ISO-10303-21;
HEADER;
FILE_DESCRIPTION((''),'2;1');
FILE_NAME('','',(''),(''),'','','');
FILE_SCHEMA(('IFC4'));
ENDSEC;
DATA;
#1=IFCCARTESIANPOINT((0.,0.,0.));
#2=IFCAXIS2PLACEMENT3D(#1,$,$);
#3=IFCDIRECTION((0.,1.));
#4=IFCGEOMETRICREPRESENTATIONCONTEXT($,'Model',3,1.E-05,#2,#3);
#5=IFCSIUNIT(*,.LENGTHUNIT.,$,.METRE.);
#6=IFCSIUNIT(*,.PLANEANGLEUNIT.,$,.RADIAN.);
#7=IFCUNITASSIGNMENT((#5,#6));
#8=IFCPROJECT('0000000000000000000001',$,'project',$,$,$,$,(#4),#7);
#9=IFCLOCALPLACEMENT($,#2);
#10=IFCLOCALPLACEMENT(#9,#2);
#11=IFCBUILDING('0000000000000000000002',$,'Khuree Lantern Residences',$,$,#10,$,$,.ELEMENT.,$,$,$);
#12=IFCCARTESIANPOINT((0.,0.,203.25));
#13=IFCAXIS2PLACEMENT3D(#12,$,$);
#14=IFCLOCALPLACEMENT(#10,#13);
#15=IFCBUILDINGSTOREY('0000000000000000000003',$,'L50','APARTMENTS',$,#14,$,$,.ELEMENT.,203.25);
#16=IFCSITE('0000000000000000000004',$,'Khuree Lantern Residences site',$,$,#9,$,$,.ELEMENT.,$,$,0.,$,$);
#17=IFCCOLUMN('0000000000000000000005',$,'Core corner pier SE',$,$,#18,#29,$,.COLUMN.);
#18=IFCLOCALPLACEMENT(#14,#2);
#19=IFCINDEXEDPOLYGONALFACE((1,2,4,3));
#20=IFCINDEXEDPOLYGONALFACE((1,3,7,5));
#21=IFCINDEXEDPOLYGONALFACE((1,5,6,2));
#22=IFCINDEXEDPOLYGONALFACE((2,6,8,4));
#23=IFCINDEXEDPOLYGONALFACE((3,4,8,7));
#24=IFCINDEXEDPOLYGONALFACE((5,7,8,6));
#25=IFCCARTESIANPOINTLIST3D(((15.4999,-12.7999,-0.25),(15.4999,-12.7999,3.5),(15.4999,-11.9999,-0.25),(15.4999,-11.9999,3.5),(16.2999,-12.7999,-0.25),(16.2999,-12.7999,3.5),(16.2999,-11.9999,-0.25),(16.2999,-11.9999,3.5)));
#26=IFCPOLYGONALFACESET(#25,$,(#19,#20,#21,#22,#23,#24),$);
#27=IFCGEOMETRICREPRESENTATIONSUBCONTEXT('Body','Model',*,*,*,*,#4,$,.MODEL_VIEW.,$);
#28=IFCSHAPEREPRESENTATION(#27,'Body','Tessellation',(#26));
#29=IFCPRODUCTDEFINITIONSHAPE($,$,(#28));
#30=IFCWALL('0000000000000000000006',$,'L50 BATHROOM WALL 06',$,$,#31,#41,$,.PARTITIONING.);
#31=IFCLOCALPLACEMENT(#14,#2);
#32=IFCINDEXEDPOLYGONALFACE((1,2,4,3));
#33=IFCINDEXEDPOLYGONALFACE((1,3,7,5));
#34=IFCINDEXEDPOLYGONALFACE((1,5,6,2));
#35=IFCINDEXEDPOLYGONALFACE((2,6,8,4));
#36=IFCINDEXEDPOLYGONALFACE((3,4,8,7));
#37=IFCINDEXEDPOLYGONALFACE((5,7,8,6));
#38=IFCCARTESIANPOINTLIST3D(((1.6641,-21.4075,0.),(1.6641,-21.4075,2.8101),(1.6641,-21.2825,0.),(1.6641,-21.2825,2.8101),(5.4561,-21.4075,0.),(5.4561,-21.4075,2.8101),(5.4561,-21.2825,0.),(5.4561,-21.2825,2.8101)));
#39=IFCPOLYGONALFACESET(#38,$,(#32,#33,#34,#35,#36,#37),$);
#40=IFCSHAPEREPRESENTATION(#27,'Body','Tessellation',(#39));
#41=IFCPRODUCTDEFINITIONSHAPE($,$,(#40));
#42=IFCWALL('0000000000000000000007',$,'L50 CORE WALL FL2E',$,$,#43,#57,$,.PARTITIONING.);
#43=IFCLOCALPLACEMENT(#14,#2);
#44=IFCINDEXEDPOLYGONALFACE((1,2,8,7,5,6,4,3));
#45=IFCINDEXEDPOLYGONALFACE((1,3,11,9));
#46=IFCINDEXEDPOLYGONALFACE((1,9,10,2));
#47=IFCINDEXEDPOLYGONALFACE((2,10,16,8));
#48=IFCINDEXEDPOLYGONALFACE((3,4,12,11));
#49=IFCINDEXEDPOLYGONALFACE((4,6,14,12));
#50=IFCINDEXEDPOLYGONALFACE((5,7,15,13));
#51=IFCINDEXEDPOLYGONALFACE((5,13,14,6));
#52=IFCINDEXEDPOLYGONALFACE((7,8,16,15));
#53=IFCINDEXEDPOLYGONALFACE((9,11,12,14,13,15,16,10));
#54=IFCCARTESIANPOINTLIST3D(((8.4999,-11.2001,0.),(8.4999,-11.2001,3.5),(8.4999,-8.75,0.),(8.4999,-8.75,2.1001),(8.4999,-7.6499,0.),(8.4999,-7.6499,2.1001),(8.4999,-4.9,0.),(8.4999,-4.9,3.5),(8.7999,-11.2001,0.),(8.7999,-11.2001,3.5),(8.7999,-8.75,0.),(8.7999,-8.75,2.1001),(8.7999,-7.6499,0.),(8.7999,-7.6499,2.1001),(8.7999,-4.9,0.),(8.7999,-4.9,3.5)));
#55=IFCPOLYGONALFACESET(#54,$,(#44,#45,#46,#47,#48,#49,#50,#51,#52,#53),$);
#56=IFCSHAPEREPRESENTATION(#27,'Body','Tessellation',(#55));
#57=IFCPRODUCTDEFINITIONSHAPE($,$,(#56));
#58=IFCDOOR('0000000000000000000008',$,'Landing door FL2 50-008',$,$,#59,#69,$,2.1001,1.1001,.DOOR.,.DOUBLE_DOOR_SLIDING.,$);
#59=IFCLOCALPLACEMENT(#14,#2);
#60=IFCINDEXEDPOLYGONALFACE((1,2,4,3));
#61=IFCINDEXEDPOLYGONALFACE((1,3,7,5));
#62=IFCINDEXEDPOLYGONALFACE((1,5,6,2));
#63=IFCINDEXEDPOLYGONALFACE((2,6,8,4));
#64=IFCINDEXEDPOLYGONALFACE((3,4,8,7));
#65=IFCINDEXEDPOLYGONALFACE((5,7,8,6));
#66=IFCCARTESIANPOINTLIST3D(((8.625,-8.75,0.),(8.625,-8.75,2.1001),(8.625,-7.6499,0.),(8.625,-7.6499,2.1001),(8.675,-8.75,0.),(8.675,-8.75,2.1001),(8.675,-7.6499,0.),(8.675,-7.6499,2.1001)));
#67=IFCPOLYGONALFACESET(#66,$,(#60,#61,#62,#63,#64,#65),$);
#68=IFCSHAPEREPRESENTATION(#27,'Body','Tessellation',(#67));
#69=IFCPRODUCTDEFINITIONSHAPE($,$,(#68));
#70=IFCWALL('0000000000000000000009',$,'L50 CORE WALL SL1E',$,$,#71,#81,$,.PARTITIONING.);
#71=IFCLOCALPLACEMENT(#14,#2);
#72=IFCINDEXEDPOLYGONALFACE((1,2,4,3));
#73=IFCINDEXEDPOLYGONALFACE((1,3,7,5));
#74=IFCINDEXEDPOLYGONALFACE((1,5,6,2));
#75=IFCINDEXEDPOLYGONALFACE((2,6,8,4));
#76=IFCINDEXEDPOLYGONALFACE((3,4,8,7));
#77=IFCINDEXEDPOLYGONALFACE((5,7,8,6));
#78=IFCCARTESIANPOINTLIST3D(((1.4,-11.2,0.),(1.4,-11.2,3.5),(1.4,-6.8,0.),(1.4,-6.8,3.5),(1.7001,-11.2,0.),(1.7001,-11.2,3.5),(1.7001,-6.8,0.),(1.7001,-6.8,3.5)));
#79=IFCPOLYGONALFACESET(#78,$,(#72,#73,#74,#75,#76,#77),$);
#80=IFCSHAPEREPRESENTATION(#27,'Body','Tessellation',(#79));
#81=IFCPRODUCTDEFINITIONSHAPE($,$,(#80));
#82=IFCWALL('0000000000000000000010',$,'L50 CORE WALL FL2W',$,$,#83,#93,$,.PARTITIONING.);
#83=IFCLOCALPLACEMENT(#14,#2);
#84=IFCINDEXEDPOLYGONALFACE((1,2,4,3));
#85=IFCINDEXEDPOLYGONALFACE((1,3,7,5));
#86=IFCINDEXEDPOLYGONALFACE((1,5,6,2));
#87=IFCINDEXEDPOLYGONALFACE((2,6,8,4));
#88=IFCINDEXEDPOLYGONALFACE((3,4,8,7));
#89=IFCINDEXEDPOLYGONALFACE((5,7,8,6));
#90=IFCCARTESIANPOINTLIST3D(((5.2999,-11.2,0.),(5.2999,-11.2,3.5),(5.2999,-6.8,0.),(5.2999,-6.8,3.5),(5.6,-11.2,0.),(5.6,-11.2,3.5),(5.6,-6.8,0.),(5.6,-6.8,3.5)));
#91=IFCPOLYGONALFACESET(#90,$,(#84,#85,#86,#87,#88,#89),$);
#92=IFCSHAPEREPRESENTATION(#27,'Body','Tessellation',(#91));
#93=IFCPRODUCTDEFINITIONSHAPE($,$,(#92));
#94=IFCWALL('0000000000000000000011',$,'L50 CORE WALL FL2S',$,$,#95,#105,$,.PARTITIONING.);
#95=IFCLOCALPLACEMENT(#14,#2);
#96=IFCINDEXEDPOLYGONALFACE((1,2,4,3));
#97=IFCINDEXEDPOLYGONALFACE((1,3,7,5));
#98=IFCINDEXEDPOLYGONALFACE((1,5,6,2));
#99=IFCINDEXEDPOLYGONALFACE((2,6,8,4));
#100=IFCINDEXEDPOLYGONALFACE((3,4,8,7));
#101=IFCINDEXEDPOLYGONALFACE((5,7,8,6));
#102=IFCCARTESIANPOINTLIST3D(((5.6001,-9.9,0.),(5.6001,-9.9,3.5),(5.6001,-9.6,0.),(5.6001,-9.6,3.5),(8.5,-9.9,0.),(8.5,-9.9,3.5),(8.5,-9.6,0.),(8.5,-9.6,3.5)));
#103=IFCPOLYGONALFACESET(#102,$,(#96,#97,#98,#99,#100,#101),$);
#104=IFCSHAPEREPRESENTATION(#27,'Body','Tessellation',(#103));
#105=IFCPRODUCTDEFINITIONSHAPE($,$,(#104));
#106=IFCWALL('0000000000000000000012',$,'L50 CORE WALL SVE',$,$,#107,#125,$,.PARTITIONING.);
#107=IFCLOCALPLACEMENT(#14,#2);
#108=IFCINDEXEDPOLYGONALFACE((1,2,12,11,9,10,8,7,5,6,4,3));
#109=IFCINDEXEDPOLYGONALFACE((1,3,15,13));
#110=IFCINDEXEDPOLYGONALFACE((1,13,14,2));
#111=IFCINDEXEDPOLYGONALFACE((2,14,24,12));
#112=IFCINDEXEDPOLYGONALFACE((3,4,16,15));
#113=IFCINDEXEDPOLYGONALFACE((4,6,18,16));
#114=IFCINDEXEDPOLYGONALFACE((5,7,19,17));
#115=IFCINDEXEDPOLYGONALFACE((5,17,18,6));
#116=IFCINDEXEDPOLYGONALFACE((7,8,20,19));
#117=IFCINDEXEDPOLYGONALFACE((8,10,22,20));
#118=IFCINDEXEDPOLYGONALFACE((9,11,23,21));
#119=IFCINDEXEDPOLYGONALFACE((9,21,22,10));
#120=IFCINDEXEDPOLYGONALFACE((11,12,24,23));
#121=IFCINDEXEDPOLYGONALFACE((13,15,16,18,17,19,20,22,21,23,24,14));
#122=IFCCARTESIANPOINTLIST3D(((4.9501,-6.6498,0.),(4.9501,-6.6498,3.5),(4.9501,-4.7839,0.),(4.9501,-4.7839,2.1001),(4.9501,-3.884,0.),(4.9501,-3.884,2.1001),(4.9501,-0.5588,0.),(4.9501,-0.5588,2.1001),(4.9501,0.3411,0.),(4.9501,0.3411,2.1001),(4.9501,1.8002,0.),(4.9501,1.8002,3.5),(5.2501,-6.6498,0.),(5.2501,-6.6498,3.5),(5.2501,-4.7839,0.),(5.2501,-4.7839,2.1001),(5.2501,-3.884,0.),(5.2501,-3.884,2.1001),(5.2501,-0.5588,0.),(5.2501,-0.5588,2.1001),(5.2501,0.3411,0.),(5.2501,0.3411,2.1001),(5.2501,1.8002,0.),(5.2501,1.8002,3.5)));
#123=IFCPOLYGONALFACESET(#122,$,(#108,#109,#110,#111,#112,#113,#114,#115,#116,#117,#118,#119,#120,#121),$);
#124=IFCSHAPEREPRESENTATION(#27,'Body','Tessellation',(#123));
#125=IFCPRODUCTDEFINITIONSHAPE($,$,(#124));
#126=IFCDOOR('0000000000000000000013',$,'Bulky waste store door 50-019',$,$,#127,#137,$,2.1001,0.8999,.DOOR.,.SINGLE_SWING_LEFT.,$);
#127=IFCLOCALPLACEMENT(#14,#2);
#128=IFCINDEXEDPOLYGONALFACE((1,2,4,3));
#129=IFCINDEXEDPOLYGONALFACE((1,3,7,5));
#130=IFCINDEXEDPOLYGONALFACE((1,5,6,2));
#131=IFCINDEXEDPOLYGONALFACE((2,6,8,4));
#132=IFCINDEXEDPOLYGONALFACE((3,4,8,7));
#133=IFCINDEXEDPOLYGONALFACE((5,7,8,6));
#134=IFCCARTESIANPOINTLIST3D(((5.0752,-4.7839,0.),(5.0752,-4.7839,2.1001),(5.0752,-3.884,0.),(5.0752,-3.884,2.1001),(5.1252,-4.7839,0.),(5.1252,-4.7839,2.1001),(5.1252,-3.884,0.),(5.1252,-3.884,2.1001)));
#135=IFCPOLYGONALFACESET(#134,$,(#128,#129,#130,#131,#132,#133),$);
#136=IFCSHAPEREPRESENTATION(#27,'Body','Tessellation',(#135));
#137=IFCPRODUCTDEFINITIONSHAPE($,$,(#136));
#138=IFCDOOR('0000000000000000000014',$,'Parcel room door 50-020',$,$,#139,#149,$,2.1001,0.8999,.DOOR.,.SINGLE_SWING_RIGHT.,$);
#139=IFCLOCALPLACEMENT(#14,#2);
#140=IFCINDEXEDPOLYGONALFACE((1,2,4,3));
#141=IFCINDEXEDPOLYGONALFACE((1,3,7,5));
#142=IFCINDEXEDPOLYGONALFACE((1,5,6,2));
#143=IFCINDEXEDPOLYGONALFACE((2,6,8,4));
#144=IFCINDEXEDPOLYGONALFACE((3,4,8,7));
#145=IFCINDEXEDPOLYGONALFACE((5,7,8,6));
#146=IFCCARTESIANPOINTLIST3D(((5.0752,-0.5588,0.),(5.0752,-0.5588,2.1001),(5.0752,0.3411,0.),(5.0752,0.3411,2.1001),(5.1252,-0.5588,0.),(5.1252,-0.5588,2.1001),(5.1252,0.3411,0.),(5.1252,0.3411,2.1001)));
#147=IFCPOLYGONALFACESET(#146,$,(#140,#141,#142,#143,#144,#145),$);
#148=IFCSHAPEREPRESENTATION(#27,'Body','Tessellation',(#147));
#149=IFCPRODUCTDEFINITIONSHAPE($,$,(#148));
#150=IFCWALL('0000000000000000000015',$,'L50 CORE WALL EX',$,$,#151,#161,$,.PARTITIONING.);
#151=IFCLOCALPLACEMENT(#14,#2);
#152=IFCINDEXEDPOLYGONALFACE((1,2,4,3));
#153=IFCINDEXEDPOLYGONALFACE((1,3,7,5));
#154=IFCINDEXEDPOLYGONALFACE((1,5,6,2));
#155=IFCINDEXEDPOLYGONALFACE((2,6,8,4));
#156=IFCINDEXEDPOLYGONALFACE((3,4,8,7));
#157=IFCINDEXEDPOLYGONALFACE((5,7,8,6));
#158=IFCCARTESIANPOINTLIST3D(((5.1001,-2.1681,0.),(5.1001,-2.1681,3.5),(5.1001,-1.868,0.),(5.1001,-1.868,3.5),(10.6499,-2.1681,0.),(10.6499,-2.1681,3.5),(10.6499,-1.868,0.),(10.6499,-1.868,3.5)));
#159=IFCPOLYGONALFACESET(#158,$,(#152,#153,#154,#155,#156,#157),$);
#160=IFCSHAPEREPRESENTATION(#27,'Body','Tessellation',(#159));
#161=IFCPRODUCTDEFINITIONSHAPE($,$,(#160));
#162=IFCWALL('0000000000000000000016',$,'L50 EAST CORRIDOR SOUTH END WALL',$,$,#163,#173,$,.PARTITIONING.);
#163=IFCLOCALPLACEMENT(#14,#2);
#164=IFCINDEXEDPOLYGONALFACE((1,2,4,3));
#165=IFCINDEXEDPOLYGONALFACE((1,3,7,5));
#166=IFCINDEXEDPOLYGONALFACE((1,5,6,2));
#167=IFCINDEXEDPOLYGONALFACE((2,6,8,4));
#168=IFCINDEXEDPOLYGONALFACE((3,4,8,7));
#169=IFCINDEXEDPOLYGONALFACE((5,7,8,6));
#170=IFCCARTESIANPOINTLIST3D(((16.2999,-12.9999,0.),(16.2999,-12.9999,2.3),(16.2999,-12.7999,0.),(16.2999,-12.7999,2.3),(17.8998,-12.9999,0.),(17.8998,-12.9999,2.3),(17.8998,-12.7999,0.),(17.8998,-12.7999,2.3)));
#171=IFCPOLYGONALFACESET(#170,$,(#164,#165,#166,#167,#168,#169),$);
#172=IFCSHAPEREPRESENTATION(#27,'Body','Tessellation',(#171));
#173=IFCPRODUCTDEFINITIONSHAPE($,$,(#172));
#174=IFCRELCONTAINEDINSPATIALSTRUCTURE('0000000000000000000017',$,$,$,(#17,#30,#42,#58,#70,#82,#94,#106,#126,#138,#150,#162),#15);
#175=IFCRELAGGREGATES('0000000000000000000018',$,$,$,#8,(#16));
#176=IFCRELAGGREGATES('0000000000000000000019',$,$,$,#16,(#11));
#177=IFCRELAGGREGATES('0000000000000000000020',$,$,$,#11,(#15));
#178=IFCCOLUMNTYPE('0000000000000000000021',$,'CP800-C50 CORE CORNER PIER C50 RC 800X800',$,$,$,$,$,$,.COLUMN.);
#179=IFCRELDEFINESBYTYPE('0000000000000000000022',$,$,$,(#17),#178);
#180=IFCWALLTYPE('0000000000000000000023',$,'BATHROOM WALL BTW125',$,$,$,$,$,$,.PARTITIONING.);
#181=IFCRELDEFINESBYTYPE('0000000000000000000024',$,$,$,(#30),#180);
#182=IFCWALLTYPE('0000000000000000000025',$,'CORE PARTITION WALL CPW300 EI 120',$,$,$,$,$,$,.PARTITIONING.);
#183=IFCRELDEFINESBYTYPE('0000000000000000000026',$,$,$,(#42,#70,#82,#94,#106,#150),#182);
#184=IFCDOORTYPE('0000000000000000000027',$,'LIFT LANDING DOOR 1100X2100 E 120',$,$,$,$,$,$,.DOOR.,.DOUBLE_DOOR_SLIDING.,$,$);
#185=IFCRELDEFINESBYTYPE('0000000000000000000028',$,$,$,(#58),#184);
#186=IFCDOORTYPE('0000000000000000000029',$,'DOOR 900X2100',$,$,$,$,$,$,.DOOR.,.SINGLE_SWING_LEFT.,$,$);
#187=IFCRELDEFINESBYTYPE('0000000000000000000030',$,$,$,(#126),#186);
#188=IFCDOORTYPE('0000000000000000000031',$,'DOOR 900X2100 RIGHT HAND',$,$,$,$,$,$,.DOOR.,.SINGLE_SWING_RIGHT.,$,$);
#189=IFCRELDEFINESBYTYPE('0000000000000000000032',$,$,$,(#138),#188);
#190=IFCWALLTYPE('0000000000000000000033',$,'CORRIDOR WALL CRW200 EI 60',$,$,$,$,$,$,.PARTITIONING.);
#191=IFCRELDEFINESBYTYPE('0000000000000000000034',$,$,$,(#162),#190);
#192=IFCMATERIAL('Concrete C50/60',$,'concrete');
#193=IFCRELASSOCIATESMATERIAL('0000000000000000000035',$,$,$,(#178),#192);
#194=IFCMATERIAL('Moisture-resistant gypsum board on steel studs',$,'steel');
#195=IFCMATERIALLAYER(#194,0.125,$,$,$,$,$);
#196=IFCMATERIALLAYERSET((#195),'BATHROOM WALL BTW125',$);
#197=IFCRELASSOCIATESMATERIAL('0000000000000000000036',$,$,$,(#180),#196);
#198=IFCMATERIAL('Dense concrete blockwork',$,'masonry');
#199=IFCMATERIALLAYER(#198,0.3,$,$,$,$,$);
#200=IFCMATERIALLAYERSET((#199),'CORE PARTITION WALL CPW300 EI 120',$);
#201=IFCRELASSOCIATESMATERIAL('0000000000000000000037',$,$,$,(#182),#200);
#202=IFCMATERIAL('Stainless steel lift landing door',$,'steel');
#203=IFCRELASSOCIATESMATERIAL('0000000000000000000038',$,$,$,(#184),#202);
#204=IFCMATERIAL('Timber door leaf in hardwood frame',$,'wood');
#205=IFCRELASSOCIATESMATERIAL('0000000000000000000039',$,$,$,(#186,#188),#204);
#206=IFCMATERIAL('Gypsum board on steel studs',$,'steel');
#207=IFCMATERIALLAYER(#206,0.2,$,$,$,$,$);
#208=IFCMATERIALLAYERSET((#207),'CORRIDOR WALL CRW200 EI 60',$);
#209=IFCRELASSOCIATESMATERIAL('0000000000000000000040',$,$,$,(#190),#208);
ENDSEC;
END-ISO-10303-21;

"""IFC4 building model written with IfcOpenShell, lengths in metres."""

from ifc_helpers import new_model, si_unit, direction, frame, frame_2d, origin, origin_2d, place, context, subcontext, project, spatial, rectangle, extrude, material, layer, layer_set, material_profile, profile_set, type_object, element, fill, save


model = new_model("IFC4")

# Units and contexts
model_context = context("Model", 3, precision=1e-05, world=origin(), true_north=direction((0.0, 1.0)))
body_context = subcontext(model_context, "Body", "Model", "MODEL_VIEW")
ifc_project = project(units=[si_unit("LENGTHUNIT", "METRE"), si_unit("PLANEANGLEUNIT", "RADIAN")], contexts=[model_context])

# Site, building, storey
site_placement = place(None, origin())
site = spatial("IfcSite", under=ifc_project, at=site_placement, Name="Khuree Lantern Residences site", CompositionType="ELEMENT", RefElevation=0.0)
building_placement = place(site_placement, origin())
building = spatial("IfcBuilding", under=site, at=building_placement, Name="Khuree Lantern Residences", CompositionType="ELEMENT")
storey_placement = place(building_placement, frame((0.0, 0.0, 203.25)))
storey = spatial("IfcBuildingStorey", under=building, at=storey_placement, Name="L50", Description="APARTMENTS", CompositionType="ELEMENT", Elevation=203.25)

# Column
ifc_material_1 = material(Name="Concrete C50/60", Category="concrete")
ifc_material_profile = material_profile(ifc_material_1, rectangle(XDim=0.8, YDim=0.8, at=origin_2d()), Name="RC 800X800")
ifc_profile_set = profile_set([ifc_material_profile], Name="Concrete C50/60")
column_type = type_object("IfcColumnType", Name="CP800-C50 CORE CORNER PIER C50 RC 800X800", PredefinedType="COLUMN", material=ifc_profile_set)
column_placement = place(storey_placement, frame((15.8999, -12.3999, -0.25), z_axis=(0.0, 0.0, 1.0), x_axis=(1.0, 0.0, 0.0)))
element("IfcColumn", 1, at=column_placement, inside=storey, type_object=column_type, Name="Core corner pier SE", PredefinedType="COLUMN", context=body_context, shape_type="SweptSolid", body=[
    extrude(rectangle(XDim=0.8, YDim=0.8, at=origin_2d()), origin(), (0.0, 0.0, 1.0), 3.75),
])

# Wall
ifc_material_2 = material(Name="Moisture-resistant gypsum board on steel studs", Category="steel")
ifc_layer_1 = layer(ifc_material_2, 0.125)
ifc_layer_set_1 = layer_set([ifc_layer_1], Name="BATHROOM WALL BTW125")
wall_type_1 = type_object("IfcWallType", Name="BATHROOM WALL BTW125", PredefinedType="PARTITIONING", material=ifc_layer_set_1)
wall_1_placement = place(storey_placement, frame((1.6641, -21.345, 0.0), z_axis=(0.0, 0.0, 1.0), x_axis=(1.0, 0.0, 0.0)))
element("IfcWall", 2, at=wall_1_placement, inside=storey, type_object=wall_type_1, Name="L50 BATHROOM WALL 06", PredefinedType="PARTITIONING", context=body_context, shape_type="SweptSolid", body=[
    extrude(rectangle(XDim=3.792, YDim=0.125, at=frame_2d((1.896, 0.0))), origin(), (0.0, 0.0, 1.0), 2.8101),
])

# Wall, opening, door
ifc_material_3 = material(Name="Dense concrete blockwork", Category="masonry")
ifc_layer_2 = layer(ifc_material_3, 0.3)
ifc_layer_set_2 = layer_set([ifc_layer_2], Name="CORE PARTITION WALL CPW300 EI 120")
wall_type_2 = type_object("IfcWallType", Name="CORE PARTITION WALL CPW300 EI 120", PredefinedType="PARTITIONING", material=ifc_layer_set_2)
wall_2_placement = place(storey_placement, frame((8.6499, -11.2, 0.0), z_axis=(0.0, 0.0, 1.0), x_axis=(0.0, 1.0, 0.0)))
wall_2 = element("IfcWall", 3, at=wall_2_placement, inside=storey, type_object=wall_type_2, Name="L50 CORE WALL FL2E", PredefinedType="PARTITIONING", context=body_context, shape_type="SweptSolid", body=[
    extrude(rectangle(XDim=6.3, YDim=0.3, at=frame_2d((3.1499, 0.0))), origin(), (0.0, 0.0, 1.0), 3.5),
])
opening_1_placement = place(wall_2_placement, frame((2.45, 0.0, 0.0)))
opening_1 = element("IfcOpeningElement", 4, at=opening_1_placement, cuts=wall_2, PredefinedType="OPENING", context=body_context, shape_type="SweptSolid", body=[
    extrude(rectangle(XDim=1.1001, YDim=2.1001, at=frame_2d((0.55, 1.05))), frame((0.0, 0.1602, 0.0), z_axis=(0.0, -1.0, 0.0), x_axis=(1.0, 0.0, 0.0)), (0.0, 0.0, 1.0), 0.3201),
])
ifc_material_4 = material(Name="Stainless steel lift landing door", Category="steel")
door_type_1 = type_object("IfcDoorType", Name="LIFT LANDING DOOR 1100X2100 E 120", OperationType="DOUBLE_DOOR_SLIDING", PredefinedType="DOOR", material=ifc_material_4)
door_1_placement = place(opening_1_placement, origin())
door_1 = element("IfcDoor", 5, at=door_1_placement, inside=storey, type_object=door_type_1, Name="Landing door FL2 50-008", OperationType="DOUBLE_DOOR_SLIDING", OverallHeight=2.1001, OverallWidth=1.1001, PredefinedType="DOOR", context=body_context, shape_type="SweptSolid", body=[
    extrude(rectangle(XDim=1.1001, YDim=2.1001, at=frame_2d((0.55, 1.05))), frame((0.0, 0.0249, 0.0), z_axis=(0.0, -1.0, 0.0), x_axis=(1.0, 0.0, 0.0)), (0.0, 0.0, 1.0), 0.05),
])
fill(opening_1, door_1)

# Walls
for number, where, z_axis, x_axis, name in (
    (6, (1.55, -11.2, 0.0), (0.0, 0.0, 1.0), (0.0, 1.0, 0.0), "L50 CORE WALL SL1E"),
    (7, (5.45, -11.2, 0.0), (0.0, 0.0, 1.0), (0.0, 1.0, 0.0), "L50 CORE WALL FL2W"),
):
    element("IfcWall", number, at=place(storey_placement, frame(where, z_axis=z_axis, x_axis=x_axis)), inside=storey, type_object=wall_type_2, Name=name, PredefinedType="PARTITIONING", context=body_context, shape_type="SweptSolid", body=[
        extrude(rectangle(XDim=4.3999, YDim=0.3, at=frame_2d((2.2, 0.0))), origin(), (0.0, 0.0, 1.0), 3.5),
    ])
wall_3_placement = place(storey_placement, frame((5.6001, -9.75, 0.0), z_axis=(0.0, 0.0, 1.0), x_axis=(1.0, 0.0, 0.0)))
element("IfcWall", 8, at=wall_3_placement, inside=storey, type_object=wall_type_2, Name="L50 CORE WALL FL2S", PredefinedType="PARTITIONING", context=body_context, shape_type="SweptSolid", body=[
    extrude(rectangle(XDim=2.8999, YDim=0.3, at=frame_2d((1.45, 0.0))), origin(), (0.0, 0.0, 1.0), 3.5),
])

# Wall, openings, doors
wall_4_placement = place(storey_placement, frame((5.1001, -6.6499, 0.0), z_axis=(0.0, 0.0, 1.0), x_axis=(0.0, 1.0, 0.0)))
wall_4 = element("IfcWall", 9, at=wall_4_placement, inside=storey, type_object=wall_type_2, Name="L50 CORE WALL SVE", PredefinedType="PARTITIONING", context=body_context, shape_type="SweptSolid", body=[
    extrude(rectangle(XDim=8.45, YDim=0.3, at=frame_2d((4.2251, 0.0))), origin(), (0.0, 0.0, 1.0), 3.5),
])
opening_2_placement = place(wall_4_placement, frame((1.866, 0.0, 0.0)))
opening_2 = element("IfcOpeningElement", 10, at=opening_2_placement, cuts=wall_4, PredefinedType="OPENING", context=body_context, shape_type="SweptSolid", body=[
    extrude(rectangle(XDim=0.8999, YDim=2.1001, at=frame_2d((0.45, 1.05))), frame((0.0, 0.1602, 0.0), z_axis=(0.0, -1.0, 0.0), x_axis=(1.0, 0.0, 0.0)), (0.0, 0.0, 1.0), 0.3201),
])
opening_3_placement = place(wall_4_placement, frame((6.0911, 0.0, 0.0)))
opening_3 = element("IfcOpeningElement", 11, at=opening_3_placement, cuts=wall_4, PredefinedType="OPENING", context=body_context, shape_type="SweptSolid", body=[
    extrude(rectangle(XDim=0.8999, YDim=2.1001, at=frame_2d((0.45, 1.05))), frame((0.0, 0.1602, 0.0), z_axis=(0.0, -1.0, 0.0), x_axis=(1.0, 0.0, 0.0)), (0.0, 0.0, 1.0), 0.3201),
])
ifc_material_5 = material(Name="Timber door leaf in hardwood frame", Category="wood")
door_type_2 = type_object("IfcDoorType", Name="DOOR 900X2100", OperationType="SINGLE_SWING_LEFT", PredefinedType="DOOR", material=ifc_material_5)
door_2_placement = place(opening_2_placement, origin())
door_2 = element("IfcDoor", 12, at=door_2_placement, inside=storey, type_object=door_type_2, Name="Bulky waste store door 50-019", OperationType="SINGLE_SWING_LEFT", OverallHeight=2.1001, OverallWidth=0.8999, PredefinedType="DOOR", context=body_context, shape_type="SweptSolid", body=[
    extrude(rectangle(XDim=0.8999, YDim=2.1001, at=frame_2d((0.45, 1.05))), frame((0.0, 0.0249, 0.0), z_axis=(0.0, -1.0, 0.0), x_axis=(1.0, 0.0, 0.0)), (0.0, 0.0, 1.0), 0.05),
])
fill(opening_2, door_2)
door_type_3 = type_object("IfcDoorType", Name="DOOR 900X2100 RIGHT HAND", OperationType="SINGLE_SWING_RIGHT", PredefinedType="DOOR", material=ifc_material_5)
door_3_placement = place(opening_3_placement, origin())
door_3 = element("IfcDoor", 13, at=door_3_placement, inside=storey, type_object=door_type_3, Name="Parcel room door 50-020", OperationType="SINGLE_SWING_RIGHT", OverallHeight=2.1001, OverallWidth=0.8999, PredefinedType="DOOR", context=body_context, shape_type="SweptSolid", body=[
    extrude(rectangle(XDim=0.8999, YDim=2.1001, at=frame_2d((0.45, 1.05))), frame((0.0, 0.0249, 0.0), z_axis=(0.0, -1.0, 0.0), x_axis=(1.0, 0.0, 0.0)), (0.0, 0.0, 1.0), 0.05),
])
fill(opening_3, door_3)

# Walls
wall_5_placement = place(storey_placement, frame((10.6499, -2.0181, 0.0), z_axis=(0.0, 0.0, 1.0), x_axis=(-1.0, 0.0, 0.0)))
element("IfcWall", 14, at=wall_5_placement, inside=storey, type_object=wall_type_2, Name="L50 CORE WALL EX", PredefinedType="PARTITIONING", context=body_context, shape_type="SweptSolid", body=[
    extrude(rectangle(XDim=5.5498, YDim=0.3, at=frame_2d((2.7749, 0.0))), origin(), (0.0, 0.0, 1.0), 3.5),
])
ifc_material_6 = material(Name="Gypsum board on steel studs", Category="steel")
ifc_layer_3 = layer(ifc_material_6, 0.2)
ifc_layer_set_3 = layer_set([ifc_layer_3], Name="CORRIDOR WALL CRW200 EI 60")
wall_type_3 = type_object("IfcWallType", Name="CORRIDOR WALL CRW200 EI 60", PredefinedType="PARTITIONING", material=ifc_layer_set_3)
wall_6_placement = place(storey_placement, frame((16.3, -12.8999, 0.0), z_axis=(0.0, 0.0, 1.0), x_axis=(1.0, 0.0, 0.0)))
element("IfcWall", 15, at=wall_6_placement, inside=storey, type_object=wall_type_3, Name="L50 EAST CORRIDOR SOUTH END WALL", PredefinedType="PARTITIONING", context=body_context, shape_type="SweptSolid", body=[
    extrude(rectangle(XDim=1.5999, YDim=0.2, at=frame_2d((0.7998, 0.0))), origin(), (0.0, 0.0, 1.0), 2.3),
])

save(model, "model.ifc")
